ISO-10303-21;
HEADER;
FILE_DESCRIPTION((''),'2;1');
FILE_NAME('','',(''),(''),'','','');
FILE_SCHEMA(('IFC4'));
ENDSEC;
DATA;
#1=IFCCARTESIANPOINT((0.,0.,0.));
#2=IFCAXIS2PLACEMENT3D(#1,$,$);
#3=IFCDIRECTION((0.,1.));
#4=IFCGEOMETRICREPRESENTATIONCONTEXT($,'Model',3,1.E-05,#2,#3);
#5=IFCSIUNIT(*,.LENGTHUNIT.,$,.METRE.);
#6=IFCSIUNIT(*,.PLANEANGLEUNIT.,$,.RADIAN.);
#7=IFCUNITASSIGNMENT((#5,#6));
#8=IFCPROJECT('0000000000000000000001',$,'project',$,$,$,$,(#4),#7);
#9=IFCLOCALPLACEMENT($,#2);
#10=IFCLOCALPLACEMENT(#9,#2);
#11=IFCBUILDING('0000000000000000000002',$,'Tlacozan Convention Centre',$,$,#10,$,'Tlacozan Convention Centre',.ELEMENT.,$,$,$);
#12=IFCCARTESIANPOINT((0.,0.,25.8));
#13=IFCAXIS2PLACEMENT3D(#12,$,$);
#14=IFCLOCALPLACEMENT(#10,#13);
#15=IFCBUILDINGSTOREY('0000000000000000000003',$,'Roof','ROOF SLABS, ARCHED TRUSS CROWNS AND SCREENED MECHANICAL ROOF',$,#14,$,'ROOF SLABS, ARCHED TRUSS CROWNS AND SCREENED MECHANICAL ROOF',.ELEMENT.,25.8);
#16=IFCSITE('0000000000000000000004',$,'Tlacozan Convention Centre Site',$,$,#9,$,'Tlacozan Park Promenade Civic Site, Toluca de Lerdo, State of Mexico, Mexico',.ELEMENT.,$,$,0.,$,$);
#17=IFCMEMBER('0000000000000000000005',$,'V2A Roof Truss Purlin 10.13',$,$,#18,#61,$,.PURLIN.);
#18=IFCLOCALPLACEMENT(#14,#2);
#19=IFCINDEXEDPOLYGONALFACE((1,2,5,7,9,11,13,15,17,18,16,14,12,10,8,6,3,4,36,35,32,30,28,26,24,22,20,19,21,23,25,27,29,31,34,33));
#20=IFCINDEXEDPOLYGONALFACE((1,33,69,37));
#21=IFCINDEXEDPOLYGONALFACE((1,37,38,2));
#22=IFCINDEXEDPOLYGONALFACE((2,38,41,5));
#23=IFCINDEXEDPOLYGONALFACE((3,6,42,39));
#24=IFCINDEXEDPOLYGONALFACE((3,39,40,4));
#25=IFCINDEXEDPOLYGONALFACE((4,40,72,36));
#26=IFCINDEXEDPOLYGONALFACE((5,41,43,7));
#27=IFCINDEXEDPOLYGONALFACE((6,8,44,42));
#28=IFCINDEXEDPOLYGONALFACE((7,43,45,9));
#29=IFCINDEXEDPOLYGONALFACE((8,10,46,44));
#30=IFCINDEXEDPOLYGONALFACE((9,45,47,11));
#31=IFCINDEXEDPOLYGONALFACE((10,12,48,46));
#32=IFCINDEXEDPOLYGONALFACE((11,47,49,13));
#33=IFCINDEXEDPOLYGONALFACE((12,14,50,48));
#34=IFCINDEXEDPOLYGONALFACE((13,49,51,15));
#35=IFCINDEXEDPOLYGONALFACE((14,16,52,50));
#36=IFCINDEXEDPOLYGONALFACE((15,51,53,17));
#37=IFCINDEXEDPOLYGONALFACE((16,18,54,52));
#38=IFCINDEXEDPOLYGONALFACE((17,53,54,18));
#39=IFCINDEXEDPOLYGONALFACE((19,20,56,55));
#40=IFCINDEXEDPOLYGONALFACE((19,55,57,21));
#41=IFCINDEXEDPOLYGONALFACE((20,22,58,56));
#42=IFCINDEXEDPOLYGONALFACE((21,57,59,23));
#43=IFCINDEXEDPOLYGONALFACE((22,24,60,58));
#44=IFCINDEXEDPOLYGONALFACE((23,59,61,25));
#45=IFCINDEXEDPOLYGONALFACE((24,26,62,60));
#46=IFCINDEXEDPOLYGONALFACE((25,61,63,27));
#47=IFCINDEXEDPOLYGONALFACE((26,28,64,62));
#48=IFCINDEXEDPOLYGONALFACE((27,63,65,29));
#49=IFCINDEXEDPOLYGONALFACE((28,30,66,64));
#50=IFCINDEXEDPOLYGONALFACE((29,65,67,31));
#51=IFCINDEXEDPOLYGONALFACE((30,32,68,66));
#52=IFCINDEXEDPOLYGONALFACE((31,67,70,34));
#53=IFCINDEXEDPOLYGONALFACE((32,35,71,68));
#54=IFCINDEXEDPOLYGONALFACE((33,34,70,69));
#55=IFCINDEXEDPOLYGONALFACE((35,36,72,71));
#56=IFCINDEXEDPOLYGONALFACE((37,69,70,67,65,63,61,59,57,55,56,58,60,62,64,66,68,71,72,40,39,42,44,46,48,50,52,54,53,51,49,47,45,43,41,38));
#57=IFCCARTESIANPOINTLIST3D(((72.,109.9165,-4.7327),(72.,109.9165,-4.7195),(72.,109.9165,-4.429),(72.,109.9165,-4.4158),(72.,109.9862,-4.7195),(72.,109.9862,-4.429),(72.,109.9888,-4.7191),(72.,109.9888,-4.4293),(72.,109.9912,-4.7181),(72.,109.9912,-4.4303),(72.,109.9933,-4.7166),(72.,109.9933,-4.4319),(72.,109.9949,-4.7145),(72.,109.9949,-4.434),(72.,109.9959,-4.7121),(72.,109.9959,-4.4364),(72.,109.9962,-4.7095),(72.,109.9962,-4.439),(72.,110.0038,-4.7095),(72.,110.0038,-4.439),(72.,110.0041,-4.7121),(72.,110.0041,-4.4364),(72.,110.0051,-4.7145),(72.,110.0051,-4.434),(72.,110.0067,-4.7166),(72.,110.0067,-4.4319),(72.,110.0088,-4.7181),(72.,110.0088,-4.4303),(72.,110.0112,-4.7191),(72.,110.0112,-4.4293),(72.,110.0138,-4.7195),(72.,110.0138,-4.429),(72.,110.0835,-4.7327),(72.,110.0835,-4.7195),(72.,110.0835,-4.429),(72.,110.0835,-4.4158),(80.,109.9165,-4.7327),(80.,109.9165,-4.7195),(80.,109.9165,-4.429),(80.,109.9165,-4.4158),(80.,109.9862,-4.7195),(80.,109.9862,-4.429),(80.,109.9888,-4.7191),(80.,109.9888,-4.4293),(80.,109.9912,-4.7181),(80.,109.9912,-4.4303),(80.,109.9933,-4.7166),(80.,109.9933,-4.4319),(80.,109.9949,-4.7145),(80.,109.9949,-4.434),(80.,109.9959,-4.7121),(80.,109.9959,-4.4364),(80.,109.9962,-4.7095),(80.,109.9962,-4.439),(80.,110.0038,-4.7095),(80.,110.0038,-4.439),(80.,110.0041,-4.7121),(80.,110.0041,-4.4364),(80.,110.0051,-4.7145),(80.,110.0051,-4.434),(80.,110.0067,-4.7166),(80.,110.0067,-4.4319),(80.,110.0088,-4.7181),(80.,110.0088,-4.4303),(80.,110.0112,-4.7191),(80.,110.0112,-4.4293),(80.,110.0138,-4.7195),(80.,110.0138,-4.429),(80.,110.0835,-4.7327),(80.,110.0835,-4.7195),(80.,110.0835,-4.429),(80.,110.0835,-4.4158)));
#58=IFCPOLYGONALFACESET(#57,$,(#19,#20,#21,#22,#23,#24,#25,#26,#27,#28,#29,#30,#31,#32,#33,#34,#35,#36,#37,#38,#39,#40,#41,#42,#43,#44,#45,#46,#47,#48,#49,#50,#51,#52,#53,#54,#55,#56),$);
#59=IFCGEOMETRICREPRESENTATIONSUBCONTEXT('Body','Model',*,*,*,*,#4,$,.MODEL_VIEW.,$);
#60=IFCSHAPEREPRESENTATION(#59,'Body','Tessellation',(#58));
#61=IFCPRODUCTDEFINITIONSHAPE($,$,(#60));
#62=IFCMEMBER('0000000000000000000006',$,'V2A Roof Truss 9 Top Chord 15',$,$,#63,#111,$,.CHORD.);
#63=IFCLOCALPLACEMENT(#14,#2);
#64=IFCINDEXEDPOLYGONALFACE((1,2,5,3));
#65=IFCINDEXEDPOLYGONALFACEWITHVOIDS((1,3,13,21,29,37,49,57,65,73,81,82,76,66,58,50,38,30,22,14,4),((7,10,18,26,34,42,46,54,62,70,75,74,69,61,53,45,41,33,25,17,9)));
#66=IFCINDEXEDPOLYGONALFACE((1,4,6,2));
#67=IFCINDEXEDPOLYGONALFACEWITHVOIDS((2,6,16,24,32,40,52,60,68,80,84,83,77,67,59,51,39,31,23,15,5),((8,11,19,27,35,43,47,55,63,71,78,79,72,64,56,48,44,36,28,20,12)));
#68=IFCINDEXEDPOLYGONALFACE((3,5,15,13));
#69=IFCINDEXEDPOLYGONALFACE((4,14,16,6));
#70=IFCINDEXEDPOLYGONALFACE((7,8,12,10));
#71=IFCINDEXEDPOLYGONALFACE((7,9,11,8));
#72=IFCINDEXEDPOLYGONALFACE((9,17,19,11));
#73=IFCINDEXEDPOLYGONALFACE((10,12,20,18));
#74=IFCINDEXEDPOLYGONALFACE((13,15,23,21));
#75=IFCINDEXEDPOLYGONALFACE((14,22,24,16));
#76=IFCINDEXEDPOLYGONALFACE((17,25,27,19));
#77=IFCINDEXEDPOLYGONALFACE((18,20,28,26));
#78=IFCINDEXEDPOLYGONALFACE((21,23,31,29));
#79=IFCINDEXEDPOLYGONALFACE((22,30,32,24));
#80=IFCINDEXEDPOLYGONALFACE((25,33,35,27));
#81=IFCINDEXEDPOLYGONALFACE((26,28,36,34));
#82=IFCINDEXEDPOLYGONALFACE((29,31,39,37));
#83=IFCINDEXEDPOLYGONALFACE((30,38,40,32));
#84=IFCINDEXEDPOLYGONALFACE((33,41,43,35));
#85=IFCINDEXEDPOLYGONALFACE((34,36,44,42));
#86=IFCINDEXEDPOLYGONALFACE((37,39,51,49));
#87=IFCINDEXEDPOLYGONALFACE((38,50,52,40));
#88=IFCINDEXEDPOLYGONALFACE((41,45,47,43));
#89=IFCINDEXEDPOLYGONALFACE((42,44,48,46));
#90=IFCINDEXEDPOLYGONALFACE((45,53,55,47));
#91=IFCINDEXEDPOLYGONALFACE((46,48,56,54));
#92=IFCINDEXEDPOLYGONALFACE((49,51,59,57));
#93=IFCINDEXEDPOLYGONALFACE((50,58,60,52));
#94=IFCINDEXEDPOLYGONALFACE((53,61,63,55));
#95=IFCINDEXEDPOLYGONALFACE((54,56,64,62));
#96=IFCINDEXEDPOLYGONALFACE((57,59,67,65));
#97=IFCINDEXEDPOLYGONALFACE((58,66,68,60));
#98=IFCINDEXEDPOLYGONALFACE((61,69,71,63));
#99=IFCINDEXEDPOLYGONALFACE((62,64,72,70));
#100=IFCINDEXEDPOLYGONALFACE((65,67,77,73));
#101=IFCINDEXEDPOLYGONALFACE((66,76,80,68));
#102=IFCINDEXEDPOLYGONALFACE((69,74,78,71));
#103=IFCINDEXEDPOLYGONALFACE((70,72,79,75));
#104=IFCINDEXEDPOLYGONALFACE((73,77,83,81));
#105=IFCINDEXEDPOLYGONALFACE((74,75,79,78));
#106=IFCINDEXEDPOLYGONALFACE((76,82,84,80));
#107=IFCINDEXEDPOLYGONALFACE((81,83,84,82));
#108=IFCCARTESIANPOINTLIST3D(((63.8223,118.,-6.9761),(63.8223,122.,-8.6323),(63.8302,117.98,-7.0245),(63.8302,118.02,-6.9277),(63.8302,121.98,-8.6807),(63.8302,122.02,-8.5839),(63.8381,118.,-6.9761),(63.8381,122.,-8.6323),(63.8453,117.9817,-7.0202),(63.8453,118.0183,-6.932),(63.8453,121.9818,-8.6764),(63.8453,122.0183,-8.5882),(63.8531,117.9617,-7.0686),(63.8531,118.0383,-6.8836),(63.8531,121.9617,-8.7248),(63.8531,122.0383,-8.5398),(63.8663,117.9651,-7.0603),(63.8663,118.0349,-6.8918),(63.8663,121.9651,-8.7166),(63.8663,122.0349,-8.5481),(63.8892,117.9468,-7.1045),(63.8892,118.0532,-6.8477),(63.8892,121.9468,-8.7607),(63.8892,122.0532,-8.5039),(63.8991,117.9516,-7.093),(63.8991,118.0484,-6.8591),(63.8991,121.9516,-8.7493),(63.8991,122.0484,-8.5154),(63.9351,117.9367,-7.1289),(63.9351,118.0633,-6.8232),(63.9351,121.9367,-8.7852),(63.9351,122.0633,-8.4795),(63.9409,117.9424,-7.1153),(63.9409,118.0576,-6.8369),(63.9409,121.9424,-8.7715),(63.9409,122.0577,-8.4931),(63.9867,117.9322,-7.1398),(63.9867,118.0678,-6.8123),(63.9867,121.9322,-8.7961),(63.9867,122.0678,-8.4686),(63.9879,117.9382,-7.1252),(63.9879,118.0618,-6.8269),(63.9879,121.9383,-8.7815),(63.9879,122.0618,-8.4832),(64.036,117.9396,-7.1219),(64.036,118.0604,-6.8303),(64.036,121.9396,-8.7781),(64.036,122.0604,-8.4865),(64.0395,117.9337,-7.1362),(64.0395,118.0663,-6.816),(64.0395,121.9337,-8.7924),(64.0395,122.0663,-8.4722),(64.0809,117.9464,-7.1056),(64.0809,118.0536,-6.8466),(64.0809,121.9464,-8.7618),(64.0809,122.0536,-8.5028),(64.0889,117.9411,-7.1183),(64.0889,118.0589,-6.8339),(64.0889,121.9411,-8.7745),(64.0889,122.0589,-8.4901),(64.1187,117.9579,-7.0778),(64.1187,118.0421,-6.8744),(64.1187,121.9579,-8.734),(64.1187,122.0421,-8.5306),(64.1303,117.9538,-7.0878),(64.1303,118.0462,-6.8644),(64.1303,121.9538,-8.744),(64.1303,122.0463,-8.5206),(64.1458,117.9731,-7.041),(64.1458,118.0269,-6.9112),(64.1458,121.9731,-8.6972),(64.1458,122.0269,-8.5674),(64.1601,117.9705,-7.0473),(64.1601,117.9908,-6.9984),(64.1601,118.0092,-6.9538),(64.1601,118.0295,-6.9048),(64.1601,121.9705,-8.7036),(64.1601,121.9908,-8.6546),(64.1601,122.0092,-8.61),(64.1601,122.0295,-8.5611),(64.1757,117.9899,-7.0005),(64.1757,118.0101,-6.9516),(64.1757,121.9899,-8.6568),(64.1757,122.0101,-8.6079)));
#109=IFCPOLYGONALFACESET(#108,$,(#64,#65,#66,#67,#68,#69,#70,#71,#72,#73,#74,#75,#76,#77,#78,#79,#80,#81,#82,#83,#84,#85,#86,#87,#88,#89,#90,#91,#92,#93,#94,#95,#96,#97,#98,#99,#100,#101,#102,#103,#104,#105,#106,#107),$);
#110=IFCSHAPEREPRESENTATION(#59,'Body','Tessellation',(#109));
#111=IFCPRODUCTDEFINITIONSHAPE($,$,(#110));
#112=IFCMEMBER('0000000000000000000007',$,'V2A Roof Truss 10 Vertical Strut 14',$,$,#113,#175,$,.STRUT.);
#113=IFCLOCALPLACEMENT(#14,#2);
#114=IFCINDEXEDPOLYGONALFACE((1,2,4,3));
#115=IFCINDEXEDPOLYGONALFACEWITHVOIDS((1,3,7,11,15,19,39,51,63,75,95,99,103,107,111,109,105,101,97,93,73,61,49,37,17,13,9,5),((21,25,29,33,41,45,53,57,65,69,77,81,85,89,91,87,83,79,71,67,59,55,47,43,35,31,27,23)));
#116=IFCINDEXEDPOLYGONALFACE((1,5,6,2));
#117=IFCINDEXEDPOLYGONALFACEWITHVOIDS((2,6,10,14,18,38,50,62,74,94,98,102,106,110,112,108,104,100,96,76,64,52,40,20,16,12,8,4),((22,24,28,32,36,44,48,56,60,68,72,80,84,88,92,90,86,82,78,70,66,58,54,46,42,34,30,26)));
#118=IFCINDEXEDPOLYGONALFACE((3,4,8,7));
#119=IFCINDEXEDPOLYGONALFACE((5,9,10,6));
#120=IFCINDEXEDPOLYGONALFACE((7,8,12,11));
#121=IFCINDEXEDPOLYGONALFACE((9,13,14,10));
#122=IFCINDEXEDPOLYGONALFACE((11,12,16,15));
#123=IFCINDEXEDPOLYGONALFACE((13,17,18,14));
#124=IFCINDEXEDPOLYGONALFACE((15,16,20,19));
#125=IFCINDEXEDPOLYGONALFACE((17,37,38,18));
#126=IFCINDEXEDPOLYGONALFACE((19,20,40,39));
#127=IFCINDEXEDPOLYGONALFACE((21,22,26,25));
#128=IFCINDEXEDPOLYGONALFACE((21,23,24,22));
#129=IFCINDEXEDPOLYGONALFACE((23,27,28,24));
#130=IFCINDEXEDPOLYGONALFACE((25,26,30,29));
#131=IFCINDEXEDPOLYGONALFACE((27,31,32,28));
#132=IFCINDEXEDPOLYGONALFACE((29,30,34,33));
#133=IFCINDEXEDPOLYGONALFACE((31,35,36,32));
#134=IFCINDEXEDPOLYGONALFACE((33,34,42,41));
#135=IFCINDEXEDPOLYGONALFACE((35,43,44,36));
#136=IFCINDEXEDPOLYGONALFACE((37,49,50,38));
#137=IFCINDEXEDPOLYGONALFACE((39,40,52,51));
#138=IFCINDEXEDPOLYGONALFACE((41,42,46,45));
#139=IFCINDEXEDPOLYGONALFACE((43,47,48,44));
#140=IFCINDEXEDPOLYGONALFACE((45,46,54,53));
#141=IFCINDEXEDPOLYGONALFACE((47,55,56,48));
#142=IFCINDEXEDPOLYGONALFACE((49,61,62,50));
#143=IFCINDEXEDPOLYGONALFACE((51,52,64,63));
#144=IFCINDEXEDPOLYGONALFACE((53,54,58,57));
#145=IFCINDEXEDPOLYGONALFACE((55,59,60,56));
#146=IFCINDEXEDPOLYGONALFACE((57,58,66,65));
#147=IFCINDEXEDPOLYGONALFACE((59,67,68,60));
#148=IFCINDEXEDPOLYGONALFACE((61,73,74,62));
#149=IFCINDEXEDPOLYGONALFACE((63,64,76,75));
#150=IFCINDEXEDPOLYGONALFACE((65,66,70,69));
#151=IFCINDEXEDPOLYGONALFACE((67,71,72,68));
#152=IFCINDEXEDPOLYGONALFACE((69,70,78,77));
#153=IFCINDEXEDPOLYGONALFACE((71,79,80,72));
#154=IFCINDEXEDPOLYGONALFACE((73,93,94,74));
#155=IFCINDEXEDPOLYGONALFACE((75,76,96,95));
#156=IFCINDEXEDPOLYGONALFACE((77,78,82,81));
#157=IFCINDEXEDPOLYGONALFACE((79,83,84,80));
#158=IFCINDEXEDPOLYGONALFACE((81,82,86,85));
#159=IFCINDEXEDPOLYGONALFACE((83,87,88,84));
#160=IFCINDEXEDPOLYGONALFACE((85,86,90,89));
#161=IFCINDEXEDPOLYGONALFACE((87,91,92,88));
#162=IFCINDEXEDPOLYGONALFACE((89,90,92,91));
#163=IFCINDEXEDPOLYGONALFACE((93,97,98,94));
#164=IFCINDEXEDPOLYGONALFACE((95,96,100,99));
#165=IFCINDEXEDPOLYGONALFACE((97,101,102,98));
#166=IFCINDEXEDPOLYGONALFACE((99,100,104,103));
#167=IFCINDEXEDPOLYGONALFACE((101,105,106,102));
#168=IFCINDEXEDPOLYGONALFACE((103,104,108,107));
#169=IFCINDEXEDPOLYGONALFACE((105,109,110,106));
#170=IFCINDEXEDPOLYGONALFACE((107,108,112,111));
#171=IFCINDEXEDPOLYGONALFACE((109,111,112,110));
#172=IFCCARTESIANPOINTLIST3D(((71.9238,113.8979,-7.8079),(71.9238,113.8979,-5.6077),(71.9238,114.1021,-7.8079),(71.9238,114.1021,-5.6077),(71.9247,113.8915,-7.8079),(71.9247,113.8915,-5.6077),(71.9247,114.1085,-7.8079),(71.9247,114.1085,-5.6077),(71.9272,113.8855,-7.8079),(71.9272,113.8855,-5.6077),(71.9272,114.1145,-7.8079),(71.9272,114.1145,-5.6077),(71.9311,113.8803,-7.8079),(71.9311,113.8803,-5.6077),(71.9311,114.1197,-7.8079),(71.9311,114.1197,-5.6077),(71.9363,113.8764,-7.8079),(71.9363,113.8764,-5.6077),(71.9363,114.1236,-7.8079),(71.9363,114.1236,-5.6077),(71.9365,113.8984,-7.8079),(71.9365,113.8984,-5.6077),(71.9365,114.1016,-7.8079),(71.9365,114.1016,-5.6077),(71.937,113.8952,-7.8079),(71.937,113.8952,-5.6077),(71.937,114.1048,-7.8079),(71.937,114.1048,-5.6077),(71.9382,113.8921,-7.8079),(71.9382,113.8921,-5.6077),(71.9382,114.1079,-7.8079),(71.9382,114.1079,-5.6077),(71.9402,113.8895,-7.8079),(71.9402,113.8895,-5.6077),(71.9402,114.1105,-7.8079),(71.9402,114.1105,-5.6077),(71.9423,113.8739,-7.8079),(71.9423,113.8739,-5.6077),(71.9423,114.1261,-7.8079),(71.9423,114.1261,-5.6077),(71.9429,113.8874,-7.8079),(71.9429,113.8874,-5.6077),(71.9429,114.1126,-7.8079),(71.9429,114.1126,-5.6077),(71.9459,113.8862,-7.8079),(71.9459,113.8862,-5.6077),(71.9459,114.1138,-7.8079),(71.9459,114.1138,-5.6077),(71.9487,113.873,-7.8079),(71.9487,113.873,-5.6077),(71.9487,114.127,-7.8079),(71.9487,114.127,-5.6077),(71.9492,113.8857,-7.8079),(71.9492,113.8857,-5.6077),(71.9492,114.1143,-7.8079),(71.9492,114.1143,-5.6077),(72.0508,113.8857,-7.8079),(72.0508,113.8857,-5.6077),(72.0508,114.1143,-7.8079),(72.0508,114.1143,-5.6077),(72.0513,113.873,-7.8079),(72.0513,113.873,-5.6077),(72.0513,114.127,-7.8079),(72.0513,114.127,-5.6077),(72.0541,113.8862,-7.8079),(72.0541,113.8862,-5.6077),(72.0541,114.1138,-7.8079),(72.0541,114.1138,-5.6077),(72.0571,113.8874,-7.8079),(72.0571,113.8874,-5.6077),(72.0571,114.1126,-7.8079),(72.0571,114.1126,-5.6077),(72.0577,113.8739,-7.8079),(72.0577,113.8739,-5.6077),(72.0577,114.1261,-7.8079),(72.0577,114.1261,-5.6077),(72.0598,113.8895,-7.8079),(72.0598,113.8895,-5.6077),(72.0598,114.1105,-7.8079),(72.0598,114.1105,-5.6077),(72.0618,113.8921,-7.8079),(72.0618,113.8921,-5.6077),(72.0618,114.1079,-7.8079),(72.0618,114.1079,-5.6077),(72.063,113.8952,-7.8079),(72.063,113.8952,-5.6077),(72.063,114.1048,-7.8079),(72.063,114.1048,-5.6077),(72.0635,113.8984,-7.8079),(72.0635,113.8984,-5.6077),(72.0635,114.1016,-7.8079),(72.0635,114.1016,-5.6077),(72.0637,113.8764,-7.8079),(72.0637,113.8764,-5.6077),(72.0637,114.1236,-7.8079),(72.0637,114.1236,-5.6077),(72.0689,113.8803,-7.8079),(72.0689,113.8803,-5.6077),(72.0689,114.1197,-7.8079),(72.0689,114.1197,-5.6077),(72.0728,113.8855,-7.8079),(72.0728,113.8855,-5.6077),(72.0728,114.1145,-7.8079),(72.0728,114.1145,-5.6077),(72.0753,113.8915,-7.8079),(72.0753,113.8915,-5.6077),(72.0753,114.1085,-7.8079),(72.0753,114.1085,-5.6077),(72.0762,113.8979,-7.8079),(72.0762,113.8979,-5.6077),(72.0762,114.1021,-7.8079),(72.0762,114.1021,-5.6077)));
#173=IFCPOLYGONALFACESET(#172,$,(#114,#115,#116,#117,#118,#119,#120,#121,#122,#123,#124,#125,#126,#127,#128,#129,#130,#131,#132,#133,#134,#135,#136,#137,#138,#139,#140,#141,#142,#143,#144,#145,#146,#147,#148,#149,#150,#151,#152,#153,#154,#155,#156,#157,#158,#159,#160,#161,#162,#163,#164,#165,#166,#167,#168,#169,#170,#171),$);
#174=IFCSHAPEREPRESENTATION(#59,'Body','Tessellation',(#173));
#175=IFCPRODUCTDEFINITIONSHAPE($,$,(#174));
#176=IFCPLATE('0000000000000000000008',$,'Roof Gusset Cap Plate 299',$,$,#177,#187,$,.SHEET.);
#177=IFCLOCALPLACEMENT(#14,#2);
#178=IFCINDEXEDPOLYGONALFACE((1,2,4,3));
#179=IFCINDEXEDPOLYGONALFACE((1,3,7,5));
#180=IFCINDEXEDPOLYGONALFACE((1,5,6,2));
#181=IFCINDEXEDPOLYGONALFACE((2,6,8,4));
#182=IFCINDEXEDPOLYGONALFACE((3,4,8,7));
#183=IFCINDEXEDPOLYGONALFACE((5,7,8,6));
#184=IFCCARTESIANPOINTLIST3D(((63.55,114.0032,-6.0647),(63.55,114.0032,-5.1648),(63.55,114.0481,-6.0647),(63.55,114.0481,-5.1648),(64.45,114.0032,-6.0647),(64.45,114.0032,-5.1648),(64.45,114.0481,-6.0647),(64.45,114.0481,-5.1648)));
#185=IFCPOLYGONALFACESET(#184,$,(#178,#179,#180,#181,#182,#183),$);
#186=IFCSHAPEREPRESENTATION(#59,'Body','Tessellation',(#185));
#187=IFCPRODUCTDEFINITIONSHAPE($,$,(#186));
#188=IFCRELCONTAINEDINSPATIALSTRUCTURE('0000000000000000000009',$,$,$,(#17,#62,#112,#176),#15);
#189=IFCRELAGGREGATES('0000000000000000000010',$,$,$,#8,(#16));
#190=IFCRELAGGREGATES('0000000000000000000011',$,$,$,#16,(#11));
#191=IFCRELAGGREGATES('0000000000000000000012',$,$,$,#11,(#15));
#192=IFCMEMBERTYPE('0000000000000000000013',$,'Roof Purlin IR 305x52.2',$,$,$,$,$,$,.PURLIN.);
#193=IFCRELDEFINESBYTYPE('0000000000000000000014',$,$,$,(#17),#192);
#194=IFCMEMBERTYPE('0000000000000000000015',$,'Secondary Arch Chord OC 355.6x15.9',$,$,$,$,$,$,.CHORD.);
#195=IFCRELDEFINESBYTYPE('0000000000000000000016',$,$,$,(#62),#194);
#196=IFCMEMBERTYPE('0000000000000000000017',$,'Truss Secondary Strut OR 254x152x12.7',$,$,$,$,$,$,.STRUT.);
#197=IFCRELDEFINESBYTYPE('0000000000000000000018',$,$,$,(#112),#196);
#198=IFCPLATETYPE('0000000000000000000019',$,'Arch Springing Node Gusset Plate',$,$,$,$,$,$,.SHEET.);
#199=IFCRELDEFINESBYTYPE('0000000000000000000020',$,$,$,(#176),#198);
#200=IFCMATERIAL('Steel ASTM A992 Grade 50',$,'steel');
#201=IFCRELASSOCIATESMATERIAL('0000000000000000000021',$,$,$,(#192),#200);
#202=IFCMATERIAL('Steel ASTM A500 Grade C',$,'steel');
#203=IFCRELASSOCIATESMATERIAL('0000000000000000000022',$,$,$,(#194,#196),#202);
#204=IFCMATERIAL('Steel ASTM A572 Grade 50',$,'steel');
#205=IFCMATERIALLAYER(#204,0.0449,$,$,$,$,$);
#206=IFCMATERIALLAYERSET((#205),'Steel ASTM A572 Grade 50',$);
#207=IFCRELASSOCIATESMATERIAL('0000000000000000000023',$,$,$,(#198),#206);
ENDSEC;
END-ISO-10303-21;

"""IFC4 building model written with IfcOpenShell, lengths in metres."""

from ifc_helpers import new_model, si_unit, direction, frame, origin, origin_2d, place, context, subcontext, project, spatial, rectangle, hollow_rectangle, hollow_circle, i_section, extrude, material, layer, layer_set, material_profile, profile_set, type_object, element, save


model = new_model("IFC4")

# Units and contexts
model_context = context("Model", 3, precision=1e-05, world=origin(), true_north=direction((0.0, 1.0)))
body_context = subcontext(model_context, "Body", "Model", "MODEL_VIEW")
ifc_project = project(units=[si_unit("LENGTHUNIT", "METRE"), si_unit("PLANEANGLEUNIT", "RADIAN")], contexts=[model_context])

# Site, building, storey
site_placement = place(None, origin())
site = spatial("IfcSite", under=ifc_project, at=site_placement, Name="Tlacozan Convention Centre Site", LongName="Tlacozan Park Promenade Civic Site, Toluca de Lerdo, State of Mexico, Mexico", CompositionType="ELEMENT", RefElevation=0.0)
building_placement = place(site_placement, origin())
building = spatial("IfcBuilding", under=site, at=building_placement, Name="Tlacozan Convention Centre", LongName="Tlacozan Convention Centre", CompositionType="ELEMENT")
storey_placement = place(building_placement, frame((0.0, 0.0, 25.8)))
storey = spatial("IfcBuildingStorey", under=building, at=storey_placement, Name="Roof", Description="ROOF SLABS, ARCHED TRUSS CROWNS AND SCREENED MECHANICAL ROOF", LongName="ROOF SLABS, ARCHED TRUSS CROWNS AND SCREENED MECHANICAL ROOF", CompositionType="ELEMENT", Elevation=25.8)

# Members
ifc_material_1 = material(Name="Steel ASTM A500 Grade C", Category="steel")
ifc_material_2 = material(Name="Steel ASTM A992 Grade 50", Category="steel")
ifc_material_profile_1 = material_profile(ifc_material_2, i_section(OverallWidth=0.167, OverallDepth=0.3169, WebThickness=0.0076, FlangeThickness=0.0132, FilletRadius=0.01, at=origin_2d()), Name="IR 305x52.2")
ifc_profile_set_1 = profile_set([ifc_material_profile_1], Name="Steel ASTM A992 Grade 50")
member_type_1 = type_object("IfcMemberType", Name="Roof Purlin IR 305x52.2", PredefinedType="PURLIN", material=ifc_profile_set_1)
for number, where, z_axis, x_axis, name in (
    (1, (72.0, 110.0, -4.5742), (1.0, 0.0, 0.0), (0.0, 1.0, 0.0), "V2A Roof Truss Purlin 10.13"),
):
    element("IfcMember", number, at=place(storey_placement, frame(where, z_axis=z_axis, x_axis=x_axis)), inside=storey, type_object=member_type_1, Name=name, PredefinedType="PURLIN", context=body_context, shape_type="SweptSolid", body=[
        extrude(i_section(OverallWidth=0.167, OverallDepth=0.3169, WebThickness=0.0076, FlangeThickness=0.0132, FilletRadius=0.01, at=origin_2d()), origin(), (0.0, 0.0, 1.0), 8.0),
    ])
ifc_material_profile_2 = material_profile(ifc_material_1, hollow_circle(Radius=0.1777, WallThickness=0.0159, at=origin_2d()), Name="OC 355.6x15.9")
ifc_profile_set_2 = profile_set([ifc_material_profile_2], Name="Steel ASTM A500 Grade C")
member_type_2 = type_object("IfcMemberType", Name="Secondary Arch Chord OC 355.6x15.9", PredefinedType="CHORD", material=ifc_profile_set_2)
member_1_placement = place(storey_placement, frame((64.0, 118.0, -6.9761), z_axis=(0.0, 0.923929, -0.382564), x_axis=(-1.0, 0.0, 0.0)))
element("IfcMember", 2, at=member_1_placement, inside=storey, type_object=member_type_2, Name="V2A Roof Truss 9 Top Chord 15", PredefinedType="CHORD", context=body_context, shape_type="SweptSolid", body=[
    extrude(hollow_circle(Radius=0.1777, WallThickness=0.0159, at=origin_2d()), origin(), (0.0, 0.0, 1.0), 4.3293),
])
ifc_material_profile_3 = material_profile(ifc_material_1, hollow_rectangle(XDim=0.1523, YDim=0.2539, WallThickness=0.0127, InnerFilletRadius=0.0127, OuterFilletRadius=0.0249, at=origin_2d()), Name="OR 254x152x12.7")
ifc_profile_set_3 = profile_set([ifc_material_profile_3], Name="Steel ASTM A500 Grade C")
member_type_3 = type_object("IfcMemberType", Name="Truss Secondary Strut OR 254x152x12.7", PredefinedType="STRUT", material=ifc_profile_set_3)
member_2_placement = place(storey_placement, frame((72.0, 114.0, -7.8079), z_axis=(0.0, 0.0, 1.0), x_axis=(1.0, 0.0, 0.0)))
element("IfcMember", 3, at=member_2_placement, inside=storey, type_object=member_type_3, Name="V2A Roof Truss 10 Vertical Strut 14", PredefinedType="STRUT", context=body_context, shape_type="SweptSolid", body=[
    extrude(hollow_rectangle(XDim=0.1523, YDim=0.2539, WallThickness=0.0127, InnerFilletRadius=0.0127, OuterFilletRadius=0.0249, at=origin_2d()), origin(), (0.0, 0.0, 1.0), 2.2002),
])

# Plate
ifc_material_3 = material(Name="Steel ASTM A572 Grade 50", Category="steel")
ifc_layer = layer(ifc_material_3, 0.0449)
ifc_layer_set = layer_set([ifc_layer], Name="Steel ASTM A572 Grade 50")
plate_type = type_object("IfcPlateType", Name="Arch Springing Node Gusset Plate", PredefinedType="SHEET", material=ifc_layer_set)
for number, where, z_axis, x_axis, name in (
    (4, (64.0, 114.0256, -6.0647), (0.0, 0.0, 1.0), (0.0, 1.0, 0.0), "Roof Gusset Cap Plate 299"),
):
    element("IfcPlate", number, at=place(storey_placement, frame(where, z_axis=z_axis, x_axis=x_axis)), inside=storey, type_object=plate_type, Name=name, PredefinedType="SHEET", context=body_context, shape_type="SweptSolid", body=[
        extrude(rectangle(XDim=0.0449, YDim=0.8999, at=origin_2d()), origin(), (0.0, 0.0, 1.0), 0.8999),
    ])

save(model, "model.ifc")
